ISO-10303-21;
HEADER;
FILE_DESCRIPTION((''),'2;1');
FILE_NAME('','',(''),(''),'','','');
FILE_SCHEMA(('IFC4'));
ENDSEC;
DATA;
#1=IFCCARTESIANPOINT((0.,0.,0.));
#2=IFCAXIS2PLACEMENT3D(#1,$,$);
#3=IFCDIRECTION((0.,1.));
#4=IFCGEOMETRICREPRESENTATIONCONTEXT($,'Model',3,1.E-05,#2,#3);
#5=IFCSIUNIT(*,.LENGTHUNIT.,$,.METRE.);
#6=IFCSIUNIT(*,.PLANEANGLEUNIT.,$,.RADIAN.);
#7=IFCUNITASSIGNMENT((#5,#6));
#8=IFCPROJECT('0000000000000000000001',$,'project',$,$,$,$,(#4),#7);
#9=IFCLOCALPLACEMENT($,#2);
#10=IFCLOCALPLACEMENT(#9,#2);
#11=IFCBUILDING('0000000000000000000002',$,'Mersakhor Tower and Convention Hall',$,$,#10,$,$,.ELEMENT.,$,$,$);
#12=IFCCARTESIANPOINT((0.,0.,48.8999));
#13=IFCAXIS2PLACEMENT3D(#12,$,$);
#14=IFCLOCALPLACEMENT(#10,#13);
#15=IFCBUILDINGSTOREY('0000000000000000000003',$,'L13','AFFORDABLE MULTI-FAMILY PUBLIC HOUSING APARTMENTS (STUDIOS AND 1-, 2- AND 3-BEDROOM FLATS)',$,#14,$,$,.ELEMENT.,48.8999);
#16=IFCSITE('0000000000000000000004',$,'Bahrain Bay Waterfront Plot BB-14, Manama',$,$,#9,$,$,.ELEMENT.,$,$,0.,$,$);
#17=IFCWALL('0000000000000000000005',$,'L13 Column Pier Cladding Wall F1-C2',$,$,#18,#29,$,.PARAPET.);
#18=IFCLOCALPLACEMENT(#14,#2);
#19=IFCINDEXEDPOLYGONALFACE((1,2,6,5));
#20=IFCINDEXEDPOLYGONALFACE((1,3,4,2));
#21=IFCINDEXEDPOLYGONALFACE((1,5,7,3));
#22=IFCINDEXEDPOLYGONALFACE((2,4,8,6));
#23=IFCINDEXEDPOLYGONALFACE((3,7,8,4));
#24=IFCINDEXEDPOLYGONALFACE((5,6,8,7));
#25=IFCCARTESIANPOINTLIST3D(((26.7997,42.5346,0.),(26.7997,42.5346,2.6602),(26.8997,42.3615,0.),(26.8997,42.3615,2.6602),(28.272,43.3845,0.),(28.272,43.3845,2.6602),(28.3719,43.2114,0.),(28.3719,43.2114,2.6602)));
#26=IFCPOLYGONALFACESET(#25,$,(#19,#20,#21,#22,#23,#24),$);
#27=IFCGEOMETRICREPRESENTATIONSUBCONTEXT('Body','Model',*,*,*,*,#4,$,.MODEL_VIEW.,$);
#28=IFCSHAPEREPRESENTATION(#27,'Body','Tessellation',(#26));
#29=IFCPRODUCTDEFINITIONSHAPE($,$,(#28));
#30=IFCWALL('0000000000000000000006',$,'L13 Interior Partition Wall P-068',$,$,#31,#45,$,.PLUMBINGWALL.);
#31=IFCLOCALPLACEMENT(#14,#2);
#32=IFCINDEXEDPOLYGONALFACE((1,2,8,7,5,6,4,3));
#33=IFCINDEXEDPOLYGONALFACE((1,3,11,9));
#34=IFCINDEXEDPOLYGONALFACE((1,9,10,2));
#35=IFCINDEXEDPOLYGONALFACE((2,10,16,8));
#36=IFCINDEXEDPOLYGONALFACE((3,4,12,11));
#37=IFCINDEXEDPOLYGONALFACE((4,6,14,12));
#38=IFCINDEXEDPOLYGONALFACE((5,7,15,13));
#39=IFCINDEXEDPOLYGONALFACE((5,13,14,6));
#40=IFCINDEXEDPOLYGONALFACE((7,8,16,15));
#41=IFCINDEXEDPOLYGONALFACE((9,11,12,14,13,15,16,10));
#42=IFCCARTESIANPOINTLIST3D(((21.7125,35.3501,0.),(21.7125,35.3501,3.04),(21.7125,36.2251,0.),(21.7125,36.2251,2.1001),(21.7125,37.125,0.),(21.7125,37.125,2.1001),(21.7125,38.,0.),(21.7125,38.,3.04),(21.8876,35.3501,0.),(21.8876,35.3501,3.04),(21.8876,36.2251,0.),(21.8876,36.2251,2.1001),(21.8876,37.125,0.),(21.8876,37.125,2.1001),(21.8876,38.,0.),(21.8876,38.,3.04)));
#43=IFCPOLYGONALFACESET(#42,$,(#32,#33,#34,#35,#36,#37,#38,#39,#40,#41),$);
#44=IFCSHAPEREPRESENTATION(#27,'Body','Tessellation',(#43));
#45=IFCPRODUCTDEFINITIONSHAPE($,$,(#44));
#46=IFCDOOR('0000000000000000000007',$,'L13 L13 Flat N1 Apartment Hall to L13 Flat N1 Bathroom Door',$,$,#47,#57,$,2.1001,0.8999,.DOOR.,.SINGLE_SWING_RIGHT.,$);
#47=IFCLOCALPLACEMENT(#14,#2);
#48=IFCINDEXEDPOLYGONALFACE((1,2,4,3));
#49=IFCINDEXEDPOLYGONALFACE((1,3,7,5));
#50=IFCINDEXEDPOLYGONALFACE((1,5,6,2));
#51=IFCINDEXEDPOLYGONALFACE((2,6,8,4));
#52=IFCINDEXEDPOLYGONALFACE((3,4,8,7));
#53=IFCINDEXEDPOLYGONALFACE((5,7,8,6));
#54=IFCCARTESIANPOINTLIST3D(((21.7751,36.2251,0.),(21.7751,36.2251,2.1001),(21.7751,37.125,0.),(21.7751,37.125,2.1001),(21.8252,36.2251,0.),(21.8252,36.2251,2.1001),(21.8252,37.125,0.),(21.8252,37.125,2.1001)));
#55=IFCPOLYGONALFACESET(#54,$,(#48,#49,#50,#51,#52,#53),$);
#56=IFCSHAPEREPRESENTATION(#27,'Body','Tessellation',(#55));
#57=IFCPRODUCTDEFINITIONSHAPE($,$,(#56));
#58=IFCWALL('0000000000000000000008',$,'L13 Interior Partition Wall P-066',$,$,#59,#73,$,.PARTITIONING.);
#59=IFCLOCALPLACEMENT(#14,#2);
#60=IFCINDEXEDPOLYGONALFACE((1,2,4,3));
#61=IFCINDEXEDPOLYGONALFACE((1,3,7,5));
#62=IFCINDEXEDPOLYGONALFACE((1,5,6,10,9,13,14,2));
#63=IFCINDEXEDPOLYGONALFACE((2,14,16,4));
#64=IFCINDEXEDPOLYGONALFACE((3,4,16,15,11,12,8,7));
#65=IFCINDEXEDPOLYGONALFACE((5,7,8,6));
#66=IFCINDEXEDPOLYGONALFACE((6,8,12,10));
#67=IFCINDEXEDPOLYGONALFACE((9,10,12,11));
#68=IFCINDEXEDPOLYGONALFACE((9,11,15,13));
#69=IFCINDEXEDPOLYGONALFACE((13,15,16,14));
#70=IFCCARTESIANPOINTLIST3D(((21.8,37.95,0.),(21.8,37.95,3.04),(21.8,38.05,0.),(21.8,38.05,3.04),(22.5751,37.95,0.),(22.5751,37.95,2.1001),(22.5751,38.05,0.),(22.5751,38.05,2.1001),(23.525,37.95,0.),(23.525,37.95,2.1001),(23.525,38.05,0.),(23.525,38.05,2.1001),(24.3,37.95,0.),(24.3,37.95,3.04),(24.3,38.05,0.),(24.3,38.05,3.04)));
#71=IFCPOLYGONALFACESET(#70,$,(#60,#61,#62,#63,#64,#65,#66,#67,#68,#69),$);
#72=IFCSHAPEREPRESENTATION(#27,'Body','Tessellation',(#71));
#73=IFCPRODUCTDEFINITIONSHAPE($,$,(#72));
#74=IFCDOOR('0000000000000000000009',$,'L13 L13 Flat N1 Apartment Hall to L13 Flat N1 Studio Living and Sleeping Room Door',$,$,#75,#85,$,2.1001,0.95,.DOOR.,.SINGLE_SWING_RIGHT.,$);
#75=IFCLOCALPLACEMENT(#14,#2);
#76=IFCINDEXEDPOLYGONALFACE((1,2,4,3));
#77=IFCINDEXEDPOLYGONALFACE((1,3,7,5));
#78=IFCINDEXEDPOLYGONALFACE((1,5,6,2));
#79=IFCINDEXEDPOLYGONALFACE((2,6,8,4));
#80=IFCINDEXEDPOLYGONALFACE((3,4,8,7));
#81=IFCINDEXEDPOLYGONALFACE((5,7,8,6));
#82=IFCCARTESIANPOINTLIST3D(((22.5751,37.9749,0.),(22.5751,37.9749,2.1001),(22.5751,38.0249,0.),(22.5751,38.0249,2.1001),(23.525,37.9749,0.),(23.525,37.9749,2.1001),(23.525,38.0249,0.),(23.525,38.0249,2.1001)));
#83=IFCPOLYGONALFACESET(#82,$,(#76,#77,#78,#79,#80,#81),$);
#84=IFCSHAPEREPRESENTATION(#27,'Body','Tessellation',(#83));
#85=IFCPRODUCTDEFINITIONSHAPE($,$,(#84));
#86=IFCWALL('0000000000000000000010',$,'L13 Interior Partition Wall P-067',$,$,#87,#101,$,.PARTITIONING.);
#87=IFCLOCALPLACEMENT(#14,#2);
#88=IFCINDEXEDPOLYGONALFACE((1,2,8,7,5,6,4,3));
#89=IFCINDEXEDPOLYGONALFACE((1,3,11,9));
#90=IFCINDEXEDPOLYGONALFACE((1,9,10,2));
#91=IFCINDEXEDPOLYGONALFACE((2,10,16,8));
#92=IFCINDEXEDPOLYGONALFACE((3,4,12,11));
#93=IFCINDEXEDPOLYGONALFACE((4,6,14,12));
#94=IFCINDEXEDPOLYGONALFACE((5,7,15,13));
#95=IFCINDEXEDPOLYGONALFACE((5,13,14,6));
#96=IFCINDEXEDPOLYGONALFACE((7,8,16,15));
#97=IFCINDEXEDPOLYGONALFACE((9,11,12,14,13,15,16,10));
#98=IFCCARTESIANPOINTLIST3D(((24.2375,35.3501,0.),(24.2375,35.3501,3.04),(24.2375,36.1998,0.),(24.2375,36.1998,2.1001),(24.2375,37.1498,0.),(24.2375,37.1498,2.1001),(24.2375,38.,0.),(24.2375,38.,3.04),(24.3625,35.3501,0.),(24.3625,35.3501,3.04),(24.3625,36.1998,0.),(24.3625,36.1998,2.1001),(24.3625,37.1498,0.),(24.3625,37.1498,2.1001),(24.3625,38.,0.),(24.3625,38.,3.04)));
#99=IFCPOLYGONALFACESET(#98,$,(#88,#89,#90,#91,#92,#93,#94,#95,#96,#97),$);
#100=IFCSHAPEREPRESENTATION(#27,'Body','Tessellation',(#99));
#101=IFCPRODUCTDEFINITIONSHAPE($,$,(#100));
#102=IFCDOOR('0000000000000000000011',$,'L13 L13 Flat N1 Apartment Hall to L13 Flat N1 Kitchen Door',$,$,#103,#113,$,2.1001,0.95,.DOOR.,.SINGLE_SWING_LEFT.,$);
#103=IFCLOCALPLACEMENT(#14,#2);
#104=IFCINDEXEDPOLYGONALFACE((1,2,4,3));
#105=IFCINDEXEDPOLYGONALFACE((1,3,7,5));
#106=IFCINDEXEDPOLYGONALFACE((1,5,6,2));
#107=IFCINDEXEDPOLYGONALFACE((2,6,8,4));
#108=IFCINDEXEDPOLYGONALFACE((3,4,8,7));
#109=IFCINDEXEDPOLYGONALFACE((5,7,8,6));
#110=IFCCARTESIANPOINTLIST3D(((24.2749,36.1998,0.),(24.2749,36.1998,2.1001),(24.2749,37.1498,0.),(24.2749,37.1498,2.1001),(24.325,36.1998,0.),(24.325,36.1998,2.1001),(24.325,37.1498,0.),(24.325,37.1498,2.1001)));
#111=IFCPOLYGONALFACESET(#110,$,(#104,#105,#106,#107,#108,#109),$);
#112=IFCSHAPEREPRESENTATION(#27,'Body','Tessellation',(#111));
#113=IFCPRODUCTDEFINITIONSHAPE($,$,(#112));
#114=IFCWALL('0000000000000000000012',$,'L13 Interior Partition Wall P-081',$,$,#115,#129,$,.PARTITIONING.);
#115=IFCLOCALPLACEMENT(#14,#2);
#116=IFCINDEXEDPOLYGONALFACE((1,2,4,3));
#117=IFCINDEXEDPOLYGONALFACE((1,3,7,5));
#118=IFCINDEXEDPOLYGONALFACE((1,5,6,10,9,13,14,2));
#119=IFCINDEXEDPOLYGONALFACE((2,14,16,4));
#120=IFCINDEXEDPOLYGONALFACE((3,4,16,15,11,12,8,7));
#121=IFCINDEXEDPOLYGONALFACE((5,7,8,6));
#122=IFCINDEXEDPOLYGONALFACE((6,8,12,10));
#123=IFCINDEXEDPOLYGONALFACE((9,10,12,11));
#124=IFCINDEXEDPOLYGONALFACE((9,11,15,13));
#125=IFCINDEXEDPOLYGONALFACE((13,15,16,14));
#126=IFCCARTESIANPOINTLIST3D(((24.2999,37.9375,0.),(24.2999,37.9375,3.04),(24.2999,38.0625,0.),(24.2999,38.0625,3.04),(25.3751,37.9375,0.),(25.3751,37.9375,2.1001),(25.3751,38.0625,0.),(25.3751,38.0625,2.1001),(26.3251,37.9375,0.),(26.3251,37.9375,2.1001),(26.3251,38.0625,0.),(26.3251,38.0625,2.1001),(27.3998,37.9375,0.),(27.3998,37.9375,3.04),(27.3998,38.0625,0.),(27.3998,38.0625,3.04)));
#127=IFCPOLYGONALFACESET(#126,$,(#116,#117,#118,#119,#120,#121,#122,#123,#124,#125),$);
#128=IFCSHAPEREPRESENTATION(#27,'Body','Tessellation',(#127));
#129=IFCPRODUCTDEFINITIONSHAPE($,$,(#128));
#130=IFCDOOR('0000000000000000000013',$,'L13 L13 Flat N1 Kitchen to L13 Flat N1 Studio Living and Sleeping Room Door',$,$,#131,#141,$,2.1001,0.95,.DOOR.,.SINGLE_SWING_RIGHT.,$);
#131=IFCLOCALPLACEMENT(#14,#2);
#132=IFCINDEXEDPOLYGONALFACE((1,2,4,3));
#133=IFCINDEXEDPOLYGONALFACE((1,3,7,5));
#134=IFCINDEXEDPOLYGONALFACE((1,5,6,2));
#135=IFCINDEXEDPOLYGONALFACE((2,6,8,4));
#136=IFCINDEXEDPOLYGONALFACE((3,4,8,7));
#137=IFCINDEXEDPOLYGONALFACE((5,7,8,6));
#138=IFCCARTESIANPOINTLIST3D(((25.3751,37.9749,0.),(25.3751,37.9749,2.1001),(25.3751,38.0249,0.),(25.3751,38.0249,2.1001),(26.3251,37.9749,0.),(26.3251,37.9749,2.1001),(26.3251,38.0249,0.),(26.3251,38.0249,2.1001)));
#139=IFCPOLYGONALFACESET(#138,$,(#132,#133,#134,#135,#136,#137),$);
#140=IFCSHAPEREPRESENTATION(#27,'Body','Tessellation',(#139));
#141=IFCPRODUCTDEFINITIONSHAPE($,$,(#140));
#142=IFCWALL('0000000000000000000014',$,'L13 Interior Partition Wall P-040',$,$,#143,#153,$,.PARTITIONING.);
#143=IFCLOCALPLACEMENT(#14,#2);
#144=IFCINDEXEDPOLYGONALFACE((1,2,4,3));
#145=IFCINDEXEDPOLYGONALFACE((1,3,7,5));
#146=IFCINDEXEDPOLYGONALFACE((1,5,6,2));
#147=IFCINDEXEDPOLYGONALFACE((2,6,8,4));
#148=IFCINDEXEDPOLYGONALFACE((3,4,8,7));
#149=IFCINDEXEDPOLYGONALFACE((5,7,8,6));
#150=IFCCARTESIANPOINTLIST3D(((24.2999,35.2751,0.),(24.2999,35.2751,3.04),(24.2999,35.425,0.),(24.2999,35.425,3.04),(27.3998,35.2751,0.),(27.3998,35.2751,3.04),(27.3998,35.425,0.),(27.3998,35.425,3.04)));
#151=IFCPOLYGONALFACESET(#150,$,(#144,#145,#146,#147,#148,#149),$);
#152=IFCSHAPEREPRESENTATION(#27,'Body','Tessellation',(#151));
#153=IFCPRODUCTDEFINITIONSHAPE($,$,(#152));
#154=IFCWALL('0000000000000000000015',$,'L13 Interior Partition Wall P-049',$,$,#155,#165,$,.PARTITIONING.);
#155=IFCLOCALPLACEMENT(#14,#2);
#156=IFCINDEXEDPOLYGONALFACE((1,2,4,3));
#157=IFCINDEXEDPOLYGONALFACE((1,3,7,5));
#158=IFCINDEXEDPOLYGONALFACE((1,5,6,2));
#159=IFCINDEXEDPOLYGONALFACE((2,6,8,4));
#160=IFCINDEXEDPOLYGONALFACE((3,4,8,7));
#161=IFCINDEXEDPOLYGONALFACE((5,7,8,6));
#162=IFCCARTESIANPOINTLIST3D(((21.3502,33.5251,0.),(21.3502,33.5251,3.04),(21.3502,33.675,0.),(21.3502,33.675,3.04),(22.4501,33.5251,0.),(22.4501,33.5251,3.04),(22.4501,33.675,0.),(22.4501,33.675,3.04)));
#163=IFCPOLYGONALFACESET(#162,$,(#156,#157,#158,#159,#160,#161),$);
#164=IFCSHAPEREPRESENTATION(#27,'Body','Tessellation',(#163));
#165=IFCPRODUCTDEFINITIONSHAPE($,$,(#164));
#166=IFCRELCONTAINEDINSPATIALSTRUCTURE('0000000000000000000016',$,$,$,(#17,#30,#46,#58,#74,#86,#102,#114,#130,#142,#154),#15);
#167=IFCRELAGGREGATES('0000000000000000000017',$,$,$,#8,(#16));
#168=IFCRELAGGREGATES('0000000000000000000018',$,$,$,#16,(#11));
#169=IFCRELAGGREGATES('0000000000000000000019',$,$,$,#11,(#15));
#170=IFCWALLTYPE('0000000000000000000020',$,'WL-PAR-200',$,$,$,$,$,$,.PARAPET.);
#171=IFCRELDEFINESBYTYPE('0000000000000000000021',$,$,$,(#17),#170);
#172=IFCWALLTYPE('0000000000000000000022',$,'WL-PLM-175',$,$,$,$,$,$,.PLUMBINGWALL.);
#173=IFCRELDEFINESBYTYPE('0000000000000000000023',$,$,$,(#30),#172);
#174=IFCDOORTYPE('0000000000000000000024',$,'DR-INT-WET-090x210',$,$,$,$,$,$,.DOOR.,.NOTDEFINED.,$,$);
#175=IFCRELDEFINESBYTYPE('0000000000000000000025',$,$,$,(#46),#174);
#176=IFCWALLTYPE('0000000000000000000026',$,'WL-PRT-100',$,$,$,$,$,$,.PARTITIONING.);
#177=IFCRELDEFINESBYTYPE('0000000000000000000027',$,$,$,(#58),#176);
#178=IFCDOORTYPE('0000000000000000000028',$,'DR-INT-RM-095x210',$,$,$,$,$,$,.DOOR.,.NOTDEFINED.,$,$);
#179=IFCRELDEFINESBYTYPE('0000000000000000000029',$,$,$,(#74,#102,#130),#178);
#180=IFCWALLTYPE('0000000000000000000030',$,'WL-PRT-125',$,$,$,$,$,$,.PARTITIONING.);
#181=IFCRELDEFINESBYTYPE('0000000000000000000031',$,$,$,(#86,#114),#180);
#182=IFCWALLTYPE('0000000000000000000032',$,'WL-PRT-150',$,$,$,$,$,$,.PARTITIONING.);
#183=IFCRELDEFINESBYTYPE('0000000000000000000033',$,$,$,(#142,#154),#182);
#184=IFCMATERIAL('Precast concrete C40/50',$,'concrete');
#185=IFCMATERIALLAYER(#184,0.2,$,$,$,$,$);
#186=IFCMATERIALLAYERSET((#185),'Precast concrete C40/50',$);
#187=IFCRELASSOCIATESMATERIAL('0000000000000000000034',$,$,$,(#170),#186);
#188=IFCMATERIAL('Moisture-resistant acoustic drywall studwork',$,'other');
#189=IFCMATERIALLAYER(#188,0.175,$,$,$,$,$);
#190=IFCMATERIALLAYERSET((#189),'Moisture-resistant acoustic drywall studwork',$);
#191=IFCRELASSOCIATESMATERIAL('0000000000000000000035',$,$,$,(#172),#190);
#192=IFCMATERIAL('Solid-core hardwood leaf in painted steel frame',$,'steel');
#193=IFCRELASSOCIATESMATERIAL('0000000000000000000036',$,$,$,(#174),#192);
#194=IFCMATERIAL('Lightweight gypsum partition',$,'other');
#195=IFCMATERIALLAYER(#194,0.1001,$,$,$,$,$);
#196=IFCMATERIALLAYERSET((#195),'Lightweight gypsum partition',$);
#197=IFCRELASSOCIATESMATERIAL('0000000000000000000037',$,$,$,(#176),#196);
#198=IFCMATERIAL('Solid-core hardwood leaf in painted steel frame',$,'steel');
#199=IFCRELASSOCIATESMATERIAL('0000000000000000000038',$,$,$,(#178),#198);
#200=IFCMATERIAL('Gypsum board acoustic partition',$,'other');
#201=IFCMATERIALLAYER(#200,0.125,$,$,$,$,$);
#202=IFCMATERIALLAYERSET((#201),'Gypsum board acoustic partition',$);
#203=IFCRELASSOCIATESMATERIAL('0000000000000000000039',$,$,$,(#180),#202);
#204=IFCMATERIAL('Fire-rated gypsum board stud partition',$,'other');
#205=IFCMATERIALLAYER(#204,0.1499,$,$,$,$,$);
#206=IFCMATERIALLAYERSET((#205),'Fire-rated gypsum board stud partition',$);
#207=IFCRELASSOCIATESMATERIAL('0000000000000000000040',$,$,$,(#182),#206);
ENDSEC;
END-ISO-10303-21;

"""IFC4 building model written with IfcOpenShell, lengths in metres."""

from ifc_helpers import new_model, si_unit, direction, frame, frame_2d, origin, place, context, subcontext, project, spatial, rectangle, extrude, material, layer, layer_set, type_object, element, fill, save


model = new_model("IFC4")

# Units and contexts
model_context = context("Model", 3, precision=1e-05, world=origin(), true_north=direction((0.0, 1.0)))
body_context = subcontext(model_context, "Body", "Model", "MODEL_VIEW")
ifc_project = project(units=[si_unit("LENGTHUNIT", "METRE"), si_unit("PLANEANGLEUNIT", "RADIAN")], contexts=[model_context])

# Site, building, storey
site_placement = place(None, origin())
site = spatial("IfcSite", under=ifc_project, at=site_placement, Name="Bahrain Bay Waterfront Plot BB-14, Manama", CompositionType="ELEMENT", RefElevation=0.0)
building_placement = place(site_placement, origin())
building = spatial("IfcBuilding", under=site, at=building_placement, Name="Mersakhor Tower and Convention Hall", CompositionType="ELEMENT")
storey_placement = place(building_placement, frame((0.0, 0.0, 48.8999)))
storey = spatial("IfcBuildingStorey", under=building, at=storey_placement, Name="L13", Description="AFFORDABLE MULTI-FAMILY PUBLIC HOUSING APARTMENTS (STUDIOS AND 1-, 2- AND 3-BEDROOM FLATS)", CompositionType="ELEMENT", Elevation=48.8999)

# Wall
ifc_material_1 = material(Name="Precast concrete C40/50", Category="concrete")
ifc_layer_1 = layer(ifc_material_1, 0.2)
ifc_layer_set_1 = layer_set([ifc_layer_1], Name="Precast concrete C40/50")
wall_type_1 = type_object("IfcWallType", Name="WL-PAR-200", PredefinedType="PARAPET", material=ifc_layer_set_1)
wall_1_placement = place(storey_placement, frame((26.8496, 42.448, 0.0), z_axis=(0.0, 0.0, 1.0), x_axis=(0.866052, 0.499955, 0.0)))
element("IfcWall", 1, at=wall_1_placement, inside=storey, type_object=wall_type_1, Name="L13 Column Pier Cladding Wall F1-C2", PredefinedType="PARAPET", context=body_context, shape_type="SweptSolid", body=[
    extrude(rectangle(XDim=1.7, YDim=0.2, at=frame_2d((0.8501, 0.0))), origin(), (0.0, 0.0, 1.0), 2.6602),
])

# Walls, openings, doors
ifc_material_2 = material(Name="Moisture-resistant acoustic drywall studwork", Category="other")
ifc_layer_2 = layer(ifc_material_2, 0.175)
ifc_layer_set_2 = layer_set([ifc_layer_2], Name="Moisture-resistant acoustic drywall studwork")
wall_type_2 = type_object("IfcWallType", Name="WL-PLM-175", PredefinedType="PLUMBINGWALL", material=ifc_layer_set_2)
wall_2_placement = place(storey_placement, frame((21.8, 35.3501, 0.0), z_axis=(0.0, 0.0, 1.0), x_axis=(0.0, 1.0, 0.0)))
wall_2 = element("IfcWall", 2, at=wall_2_placement, inside=storey, type_object=wall_type_2, Name="L13 Interior Partition Wall P-068", PredefinedType="PLUMBINGWALL", context=body_context, shape_type="SweptSolid", body=[
    extrude(rectangle(XDim=2.6499, YDim=0.175, at=frame_2d((1.325, 0.0))), origin(), (0.0, 0.0, 1.0), 3.04),
])
opening_1_placement = place(wall_2_placement, frame((0.875, 0.0, 0.0)))
opening_1 = element("IfcOpeningElement", 3, at=opening_1_placement, cuts=wall_2, PredefinedType="OPENING", context=body_context, shape_type="SweptSolid", body=[
    extrude(rectangle(XDim=0.8999, YDim=2.1001, at=frame_2d((0.45, 1.05))), frame((0.0, 0.0974, 0.0), z_axis=(0.0, -1.0, 0.0), x_axis=(1.0, 0.0, 0.0)), (0.0, 0.0, 1.0), 0.1951),
])
ifc_material_3 = material(Name="Solid-core hardwood leaf in painted steel frame", Category="steel")
door_type_1 = type_object("IfcDoorType", Name="DR-INT-WET-090x210", OperationType="NOTDEFINED", PredefinedType="DOOR", material=ifc_material_3)
door_1_placement = place(opening_1_placement, origin())
door_1 = element("IfcDoor", 4, at=door_1_placement, inside=storey, type_object=door_type_1, Name="L13 L13 Flat N1 Apartment Hall to L13 Flat N1 Bathroom Door", OperationType="SINGLE_SWING_RIGHT", OverallHeight=2.1001, OverallWidth=0.8999, PredefinedType="DOOR", context=body_context, shape_type="SweptSolid", body=[
    extrude(rectangle(XDim=0.8999, YDim=2.1001, at=frame_2d((0.45, 1.05))), frame((0.0, 0.0249, 0.0), z_axis=(0.0, -1.0, 0.0), x_axis=(1.0, 0.0, 0.0)), (0.0, 0.0, 1.0), 0.05),
])
fill(opening_1, door_1)
ifc_material_4 = material(Name="Lightweight gypsum partition", Category="other")
ifc_layer_3 = layer(ifc_material_4, 0.1001)
ifc_layer_set_3 = layer_set([ifc_layer_3], Name="Lightweight gypsum partition")
wall_type_3 = type_object("IfcWallType", Name="WL-PRT-100", PredefinedType="PARTITIONING", material=ifc_layer_set_3)
wall_3_placement = place(storey_placement, frame((21.8, 38.0, 0.0), z_axis=(0.0, 0.0, 1.0), x_axis=(1.0, 0.0, 0.0)))
wall_3 = element("IfcWall", 5, at=wall_3_placement, inside=storey, type_object=wall_type_3, Name="L13 Interior Partition Wall P-066", PredefinedType="PARTITIONING", context=body_context, shape_type="SweptSolid", body=[
    extrude(rectangle(XDim=2.5, YDim=0.1001, at=frame_2d((1.25, 0.0))), origin(), (0.0, 0.0, 1.0), 3.04),
])
opening_2_placement = place(wall_3_placement, frame((0.7749, 0.0, 0.0)))
opening_2 = element("IfcOpeningElement", 6, at=opening_2_placement, cuts=wall_3, PredefinedType="OPENING", context=body_context, shape_type="SweptSolid", body=[
    extrude(rectangle(XDim=0.95, YDim=2.1001, at=frame_2d((0.4751, 1.05))), frame((0.0, 0.0601, 0.0), z_axis=(0.0, -1.0, 0.0), x_axis=(1.0, 0.0, 0.0)), (0.0, 0.0, 1.0), 0.1201),
])
ifc_material_5 = material(Name="Solid-core hardwood leaf in painted steel frame", Category="steel")
door_type_2 = type_object("IfcDoorType", Name="DR-INT-RM-095x210", OperationType="NOTDEFINED", PredefinedType="DOOR", material=ifc_material_5)
door_2_placement = place(opening_2_placement, origin())
door_2 = element("IfcDoor", 7, at=door_2_placement, inside=storey, type_object=door_type_2, Name="L13 L13 Flat N1 Apartment Hall to L13 Flat N1 Studio Living and Sleeping Room Door", OperationType="SINGLE_SWING_RIGHT", OverallHeight=2.1001, OverallWidth=0.95, PredefinedType="DOOR", context=body_context, shape_type="SweptSolid", body=[
    extrude(rectangle(XDim=0.95, YDim=2.1001, at=frame_2d((0.4751, 1.05))), frame((0.0, 0.0249, 0.0), z_axis=(0.0, -1.0, 0.0), x_axis=(1.0, 0.0, 0.0)), (0.0, 0.0, 1.0), 0.05),
])
fill(opening_2, door_2)
ifc_material_6 = material(Name="Gypsum board acoustic partition", Category="other")
ifc_layer_4 = layer(ifc_material_6, 0.125)
ifc_layer_set_4 = layer_set([ifc_layer_4], Name="Gypsum board acoustic partition")
wall_type_4 = type_object("IfcWallType", Name="WL-PRT-125", PredefinedType="PARTITIONING", material=ifc_layer_set_4)
wall_4_placement = place(storey_placement, frame((24.3, 38.0, 0.0), z_axis=(0.0, 0.0, 1.0), x_axis=(0.0, -1.0, 0.0)))
wall_4 = element("IfcWall", 8, at=wall_4_placement, inside=storey, type_object=wall_type_4, Name="L13 Interior Partition Wall P-067", PredefinedType="PARTITIONING", context=body_context, shape_type="SweptSolid", body=[
    extrude(rectangle(XDim=2.6499, YDim=0.125, at=frame_2d((1.325, 0.0))), origin(), (0.0, 0.0, 1.0), 3.04),
])
opening_3_placement = place(wall_4_placement, frame((0.8501, 0.0, 0.0)))
opening_3 = element("IfcOpeningElement", 9, at=opening_3_placement, cuts=wall_4, PredefinedType="OPENING", context=body_context, shape_type="SweptSolid", body=[
    extrude(rectangle(XDim=0.95, YDim=2.1001, at=frame_2d((0.4751, 1.05))), frame((0.0, 0.0725, 0.0), z_axis=(0.0, -1.0, 0.0), x_axis=(1.0, 0.0, 0.0)), (0.0, 0.0, 1.0), 0.145),
])
door_3_placement = place(opening_3_placement, origin())
door_3 = element("IfcDoor", 10, at=door_3_placement, inside=storey, type_object=door_type_2, Name="L13 L13 Flat N1 Apartment Hall to L13 Flat N1 Kitchen Door", OperationType="SINGLE_SWING_LEFT", OverallHeight=2.1001, OverallWidth=0.95, PredefinedType="DOOR", context=body_context, shape_type="SweptSolid", body=[
    extrude(rectangle(XDim=0.95, YDim=2.1001, at=frame_2d((0.4751, 1.05))), frame((0.0, 0.0249, 0.0), z_axis=(0.0, -1.0, 0.0), x_axis=(1.0, 0.0, 0.0)), (0.0, 0.0, 1.0), 0.05),
])
fill(opening_3, door_3)
wall_5_placement = place(storey_placement, frame((24.3, 38.0, 0.0), z_axis=(0.0, 0.0, 1.0), x_axis=(1.0, 0.0, 0.0)))
wall_5 = element("IfcWall", 11, at=wall_5_placement, inside=storey, type_object=wall_type_4, Name="L13 Interior Partition Wall P-081", PredefinedType="PARTITIONING", context=body_context, shape_type="SweptSolid", body=[
    extrude(rectangle(XDim=3.0999, YDim=0.125, at=frame_2d((1.5498, 0.0))), origin(), (0.0, 0.0, 1.0), 3.04),
])
opening_4_placement = place(wall_5_placement, frame((1.075, 0.0, 0.0)))
opening_4 = element("IfcOpeningElement", 12, at=opening_4_placement, cuts=wall_5, PredefinedType="OPENING", context=body_context, shape_type="SweptSolid", body=[
    extrude(rectangle(XDim=0.95, YDim=2.1001, at=frame_2d((0.4751, 1.05))), frame((0.0, 0.0725, 0.0), z_axis=(0.0, -1.0, 0.0), x_axis=(1.0, 0.0, 0.0)), (0.0, 0.0, 1.0), 0.145),
])
door_4_placement = place(opening_4_placement, origin())
door_4 = element("IfcDoor", 13, at=door_4_placement, inside=storey, type_object=door_type_2, Name="L13 L13 Flat N1 Kitchen to L13 Flat N1 Studio Living and Sleeping Room Door", OperationType="SINGLE_SWING_RIGHT", OverallHeight=2.1001, OverallWidth=0.95, PredefinedType="DOOR", context=body_context, shape_type="SweptSolid", body=[
    extrude(rectangle(XDim=0.95, YDim=2.1001, at=frame_2d((0.4751, 1.05))), frame((0.0, 0.0249, 0.0), z_axis=(0.0, -1.0, 0.0), x_axis=(1.0, 0.0, 0.0)), (0.0, 0.0, 1.0), 0.05),
])
fill(opening_4, door_4)
ifc_material_7 = material(Name="Fire-rated gypsum board stud partition", Category="other")
ifc_layer_5 = layer(ifc_material_7, 0.1499)
ifc_layer_set_5 = layer_set([ifc_layer_5], Name="Fire-rated gypsum board stud partition")
wall_type_5 = type_object("IfcWallType", Name="WL-PRT-150", PredefinedType="PARTITIONING", material=ifc_layer_set_5)

# Walls
wall_6_placement = place(storey_placement, frame((24.3, 35.3501, 0.0), z_axis=(0.0, 0.0, 1.0), x_axis=(1.0, 0.0, 0.0)))
element("IfcWall", 14, at=wall_6_placement, inside=storey, type_object=wall_type_5, Name="L13 Interior Partition Wall P-040", PredefinedType="PARTITIONING", context=body_context, shape_type="SweptSolid", body=[
    extrude(rectangle(XDim=3.0999, YDim=0.1499, at=frame_2d((1.5498, 0.0))), origin(), (0.0, 0.0, 1.0), 3.04),
])
wall_7_placement = place(storey_placement, frame((22.45, 33.6001, 0.0), z_axis=(0.0, 0.0, 1.0), x_axis=(-1.0, 0.0, 0.0)))
element("IfcWall", 15, at=wall_7_placement, inside=storey, type_object=wall_type_5, Name="L13 Interior Partition Wall P-049", PredefinedType="PARTITIONING", context=body_context, shape_type="SweptSolid", body=[
    extrude(rectangle(XDim=1.0999, YDim=0.1499, at=frame_2d((0.5498, 0.0))), origin(), (0.0, 0.0, 1.0), 3.04),
])

save(model, "model.ifc")
